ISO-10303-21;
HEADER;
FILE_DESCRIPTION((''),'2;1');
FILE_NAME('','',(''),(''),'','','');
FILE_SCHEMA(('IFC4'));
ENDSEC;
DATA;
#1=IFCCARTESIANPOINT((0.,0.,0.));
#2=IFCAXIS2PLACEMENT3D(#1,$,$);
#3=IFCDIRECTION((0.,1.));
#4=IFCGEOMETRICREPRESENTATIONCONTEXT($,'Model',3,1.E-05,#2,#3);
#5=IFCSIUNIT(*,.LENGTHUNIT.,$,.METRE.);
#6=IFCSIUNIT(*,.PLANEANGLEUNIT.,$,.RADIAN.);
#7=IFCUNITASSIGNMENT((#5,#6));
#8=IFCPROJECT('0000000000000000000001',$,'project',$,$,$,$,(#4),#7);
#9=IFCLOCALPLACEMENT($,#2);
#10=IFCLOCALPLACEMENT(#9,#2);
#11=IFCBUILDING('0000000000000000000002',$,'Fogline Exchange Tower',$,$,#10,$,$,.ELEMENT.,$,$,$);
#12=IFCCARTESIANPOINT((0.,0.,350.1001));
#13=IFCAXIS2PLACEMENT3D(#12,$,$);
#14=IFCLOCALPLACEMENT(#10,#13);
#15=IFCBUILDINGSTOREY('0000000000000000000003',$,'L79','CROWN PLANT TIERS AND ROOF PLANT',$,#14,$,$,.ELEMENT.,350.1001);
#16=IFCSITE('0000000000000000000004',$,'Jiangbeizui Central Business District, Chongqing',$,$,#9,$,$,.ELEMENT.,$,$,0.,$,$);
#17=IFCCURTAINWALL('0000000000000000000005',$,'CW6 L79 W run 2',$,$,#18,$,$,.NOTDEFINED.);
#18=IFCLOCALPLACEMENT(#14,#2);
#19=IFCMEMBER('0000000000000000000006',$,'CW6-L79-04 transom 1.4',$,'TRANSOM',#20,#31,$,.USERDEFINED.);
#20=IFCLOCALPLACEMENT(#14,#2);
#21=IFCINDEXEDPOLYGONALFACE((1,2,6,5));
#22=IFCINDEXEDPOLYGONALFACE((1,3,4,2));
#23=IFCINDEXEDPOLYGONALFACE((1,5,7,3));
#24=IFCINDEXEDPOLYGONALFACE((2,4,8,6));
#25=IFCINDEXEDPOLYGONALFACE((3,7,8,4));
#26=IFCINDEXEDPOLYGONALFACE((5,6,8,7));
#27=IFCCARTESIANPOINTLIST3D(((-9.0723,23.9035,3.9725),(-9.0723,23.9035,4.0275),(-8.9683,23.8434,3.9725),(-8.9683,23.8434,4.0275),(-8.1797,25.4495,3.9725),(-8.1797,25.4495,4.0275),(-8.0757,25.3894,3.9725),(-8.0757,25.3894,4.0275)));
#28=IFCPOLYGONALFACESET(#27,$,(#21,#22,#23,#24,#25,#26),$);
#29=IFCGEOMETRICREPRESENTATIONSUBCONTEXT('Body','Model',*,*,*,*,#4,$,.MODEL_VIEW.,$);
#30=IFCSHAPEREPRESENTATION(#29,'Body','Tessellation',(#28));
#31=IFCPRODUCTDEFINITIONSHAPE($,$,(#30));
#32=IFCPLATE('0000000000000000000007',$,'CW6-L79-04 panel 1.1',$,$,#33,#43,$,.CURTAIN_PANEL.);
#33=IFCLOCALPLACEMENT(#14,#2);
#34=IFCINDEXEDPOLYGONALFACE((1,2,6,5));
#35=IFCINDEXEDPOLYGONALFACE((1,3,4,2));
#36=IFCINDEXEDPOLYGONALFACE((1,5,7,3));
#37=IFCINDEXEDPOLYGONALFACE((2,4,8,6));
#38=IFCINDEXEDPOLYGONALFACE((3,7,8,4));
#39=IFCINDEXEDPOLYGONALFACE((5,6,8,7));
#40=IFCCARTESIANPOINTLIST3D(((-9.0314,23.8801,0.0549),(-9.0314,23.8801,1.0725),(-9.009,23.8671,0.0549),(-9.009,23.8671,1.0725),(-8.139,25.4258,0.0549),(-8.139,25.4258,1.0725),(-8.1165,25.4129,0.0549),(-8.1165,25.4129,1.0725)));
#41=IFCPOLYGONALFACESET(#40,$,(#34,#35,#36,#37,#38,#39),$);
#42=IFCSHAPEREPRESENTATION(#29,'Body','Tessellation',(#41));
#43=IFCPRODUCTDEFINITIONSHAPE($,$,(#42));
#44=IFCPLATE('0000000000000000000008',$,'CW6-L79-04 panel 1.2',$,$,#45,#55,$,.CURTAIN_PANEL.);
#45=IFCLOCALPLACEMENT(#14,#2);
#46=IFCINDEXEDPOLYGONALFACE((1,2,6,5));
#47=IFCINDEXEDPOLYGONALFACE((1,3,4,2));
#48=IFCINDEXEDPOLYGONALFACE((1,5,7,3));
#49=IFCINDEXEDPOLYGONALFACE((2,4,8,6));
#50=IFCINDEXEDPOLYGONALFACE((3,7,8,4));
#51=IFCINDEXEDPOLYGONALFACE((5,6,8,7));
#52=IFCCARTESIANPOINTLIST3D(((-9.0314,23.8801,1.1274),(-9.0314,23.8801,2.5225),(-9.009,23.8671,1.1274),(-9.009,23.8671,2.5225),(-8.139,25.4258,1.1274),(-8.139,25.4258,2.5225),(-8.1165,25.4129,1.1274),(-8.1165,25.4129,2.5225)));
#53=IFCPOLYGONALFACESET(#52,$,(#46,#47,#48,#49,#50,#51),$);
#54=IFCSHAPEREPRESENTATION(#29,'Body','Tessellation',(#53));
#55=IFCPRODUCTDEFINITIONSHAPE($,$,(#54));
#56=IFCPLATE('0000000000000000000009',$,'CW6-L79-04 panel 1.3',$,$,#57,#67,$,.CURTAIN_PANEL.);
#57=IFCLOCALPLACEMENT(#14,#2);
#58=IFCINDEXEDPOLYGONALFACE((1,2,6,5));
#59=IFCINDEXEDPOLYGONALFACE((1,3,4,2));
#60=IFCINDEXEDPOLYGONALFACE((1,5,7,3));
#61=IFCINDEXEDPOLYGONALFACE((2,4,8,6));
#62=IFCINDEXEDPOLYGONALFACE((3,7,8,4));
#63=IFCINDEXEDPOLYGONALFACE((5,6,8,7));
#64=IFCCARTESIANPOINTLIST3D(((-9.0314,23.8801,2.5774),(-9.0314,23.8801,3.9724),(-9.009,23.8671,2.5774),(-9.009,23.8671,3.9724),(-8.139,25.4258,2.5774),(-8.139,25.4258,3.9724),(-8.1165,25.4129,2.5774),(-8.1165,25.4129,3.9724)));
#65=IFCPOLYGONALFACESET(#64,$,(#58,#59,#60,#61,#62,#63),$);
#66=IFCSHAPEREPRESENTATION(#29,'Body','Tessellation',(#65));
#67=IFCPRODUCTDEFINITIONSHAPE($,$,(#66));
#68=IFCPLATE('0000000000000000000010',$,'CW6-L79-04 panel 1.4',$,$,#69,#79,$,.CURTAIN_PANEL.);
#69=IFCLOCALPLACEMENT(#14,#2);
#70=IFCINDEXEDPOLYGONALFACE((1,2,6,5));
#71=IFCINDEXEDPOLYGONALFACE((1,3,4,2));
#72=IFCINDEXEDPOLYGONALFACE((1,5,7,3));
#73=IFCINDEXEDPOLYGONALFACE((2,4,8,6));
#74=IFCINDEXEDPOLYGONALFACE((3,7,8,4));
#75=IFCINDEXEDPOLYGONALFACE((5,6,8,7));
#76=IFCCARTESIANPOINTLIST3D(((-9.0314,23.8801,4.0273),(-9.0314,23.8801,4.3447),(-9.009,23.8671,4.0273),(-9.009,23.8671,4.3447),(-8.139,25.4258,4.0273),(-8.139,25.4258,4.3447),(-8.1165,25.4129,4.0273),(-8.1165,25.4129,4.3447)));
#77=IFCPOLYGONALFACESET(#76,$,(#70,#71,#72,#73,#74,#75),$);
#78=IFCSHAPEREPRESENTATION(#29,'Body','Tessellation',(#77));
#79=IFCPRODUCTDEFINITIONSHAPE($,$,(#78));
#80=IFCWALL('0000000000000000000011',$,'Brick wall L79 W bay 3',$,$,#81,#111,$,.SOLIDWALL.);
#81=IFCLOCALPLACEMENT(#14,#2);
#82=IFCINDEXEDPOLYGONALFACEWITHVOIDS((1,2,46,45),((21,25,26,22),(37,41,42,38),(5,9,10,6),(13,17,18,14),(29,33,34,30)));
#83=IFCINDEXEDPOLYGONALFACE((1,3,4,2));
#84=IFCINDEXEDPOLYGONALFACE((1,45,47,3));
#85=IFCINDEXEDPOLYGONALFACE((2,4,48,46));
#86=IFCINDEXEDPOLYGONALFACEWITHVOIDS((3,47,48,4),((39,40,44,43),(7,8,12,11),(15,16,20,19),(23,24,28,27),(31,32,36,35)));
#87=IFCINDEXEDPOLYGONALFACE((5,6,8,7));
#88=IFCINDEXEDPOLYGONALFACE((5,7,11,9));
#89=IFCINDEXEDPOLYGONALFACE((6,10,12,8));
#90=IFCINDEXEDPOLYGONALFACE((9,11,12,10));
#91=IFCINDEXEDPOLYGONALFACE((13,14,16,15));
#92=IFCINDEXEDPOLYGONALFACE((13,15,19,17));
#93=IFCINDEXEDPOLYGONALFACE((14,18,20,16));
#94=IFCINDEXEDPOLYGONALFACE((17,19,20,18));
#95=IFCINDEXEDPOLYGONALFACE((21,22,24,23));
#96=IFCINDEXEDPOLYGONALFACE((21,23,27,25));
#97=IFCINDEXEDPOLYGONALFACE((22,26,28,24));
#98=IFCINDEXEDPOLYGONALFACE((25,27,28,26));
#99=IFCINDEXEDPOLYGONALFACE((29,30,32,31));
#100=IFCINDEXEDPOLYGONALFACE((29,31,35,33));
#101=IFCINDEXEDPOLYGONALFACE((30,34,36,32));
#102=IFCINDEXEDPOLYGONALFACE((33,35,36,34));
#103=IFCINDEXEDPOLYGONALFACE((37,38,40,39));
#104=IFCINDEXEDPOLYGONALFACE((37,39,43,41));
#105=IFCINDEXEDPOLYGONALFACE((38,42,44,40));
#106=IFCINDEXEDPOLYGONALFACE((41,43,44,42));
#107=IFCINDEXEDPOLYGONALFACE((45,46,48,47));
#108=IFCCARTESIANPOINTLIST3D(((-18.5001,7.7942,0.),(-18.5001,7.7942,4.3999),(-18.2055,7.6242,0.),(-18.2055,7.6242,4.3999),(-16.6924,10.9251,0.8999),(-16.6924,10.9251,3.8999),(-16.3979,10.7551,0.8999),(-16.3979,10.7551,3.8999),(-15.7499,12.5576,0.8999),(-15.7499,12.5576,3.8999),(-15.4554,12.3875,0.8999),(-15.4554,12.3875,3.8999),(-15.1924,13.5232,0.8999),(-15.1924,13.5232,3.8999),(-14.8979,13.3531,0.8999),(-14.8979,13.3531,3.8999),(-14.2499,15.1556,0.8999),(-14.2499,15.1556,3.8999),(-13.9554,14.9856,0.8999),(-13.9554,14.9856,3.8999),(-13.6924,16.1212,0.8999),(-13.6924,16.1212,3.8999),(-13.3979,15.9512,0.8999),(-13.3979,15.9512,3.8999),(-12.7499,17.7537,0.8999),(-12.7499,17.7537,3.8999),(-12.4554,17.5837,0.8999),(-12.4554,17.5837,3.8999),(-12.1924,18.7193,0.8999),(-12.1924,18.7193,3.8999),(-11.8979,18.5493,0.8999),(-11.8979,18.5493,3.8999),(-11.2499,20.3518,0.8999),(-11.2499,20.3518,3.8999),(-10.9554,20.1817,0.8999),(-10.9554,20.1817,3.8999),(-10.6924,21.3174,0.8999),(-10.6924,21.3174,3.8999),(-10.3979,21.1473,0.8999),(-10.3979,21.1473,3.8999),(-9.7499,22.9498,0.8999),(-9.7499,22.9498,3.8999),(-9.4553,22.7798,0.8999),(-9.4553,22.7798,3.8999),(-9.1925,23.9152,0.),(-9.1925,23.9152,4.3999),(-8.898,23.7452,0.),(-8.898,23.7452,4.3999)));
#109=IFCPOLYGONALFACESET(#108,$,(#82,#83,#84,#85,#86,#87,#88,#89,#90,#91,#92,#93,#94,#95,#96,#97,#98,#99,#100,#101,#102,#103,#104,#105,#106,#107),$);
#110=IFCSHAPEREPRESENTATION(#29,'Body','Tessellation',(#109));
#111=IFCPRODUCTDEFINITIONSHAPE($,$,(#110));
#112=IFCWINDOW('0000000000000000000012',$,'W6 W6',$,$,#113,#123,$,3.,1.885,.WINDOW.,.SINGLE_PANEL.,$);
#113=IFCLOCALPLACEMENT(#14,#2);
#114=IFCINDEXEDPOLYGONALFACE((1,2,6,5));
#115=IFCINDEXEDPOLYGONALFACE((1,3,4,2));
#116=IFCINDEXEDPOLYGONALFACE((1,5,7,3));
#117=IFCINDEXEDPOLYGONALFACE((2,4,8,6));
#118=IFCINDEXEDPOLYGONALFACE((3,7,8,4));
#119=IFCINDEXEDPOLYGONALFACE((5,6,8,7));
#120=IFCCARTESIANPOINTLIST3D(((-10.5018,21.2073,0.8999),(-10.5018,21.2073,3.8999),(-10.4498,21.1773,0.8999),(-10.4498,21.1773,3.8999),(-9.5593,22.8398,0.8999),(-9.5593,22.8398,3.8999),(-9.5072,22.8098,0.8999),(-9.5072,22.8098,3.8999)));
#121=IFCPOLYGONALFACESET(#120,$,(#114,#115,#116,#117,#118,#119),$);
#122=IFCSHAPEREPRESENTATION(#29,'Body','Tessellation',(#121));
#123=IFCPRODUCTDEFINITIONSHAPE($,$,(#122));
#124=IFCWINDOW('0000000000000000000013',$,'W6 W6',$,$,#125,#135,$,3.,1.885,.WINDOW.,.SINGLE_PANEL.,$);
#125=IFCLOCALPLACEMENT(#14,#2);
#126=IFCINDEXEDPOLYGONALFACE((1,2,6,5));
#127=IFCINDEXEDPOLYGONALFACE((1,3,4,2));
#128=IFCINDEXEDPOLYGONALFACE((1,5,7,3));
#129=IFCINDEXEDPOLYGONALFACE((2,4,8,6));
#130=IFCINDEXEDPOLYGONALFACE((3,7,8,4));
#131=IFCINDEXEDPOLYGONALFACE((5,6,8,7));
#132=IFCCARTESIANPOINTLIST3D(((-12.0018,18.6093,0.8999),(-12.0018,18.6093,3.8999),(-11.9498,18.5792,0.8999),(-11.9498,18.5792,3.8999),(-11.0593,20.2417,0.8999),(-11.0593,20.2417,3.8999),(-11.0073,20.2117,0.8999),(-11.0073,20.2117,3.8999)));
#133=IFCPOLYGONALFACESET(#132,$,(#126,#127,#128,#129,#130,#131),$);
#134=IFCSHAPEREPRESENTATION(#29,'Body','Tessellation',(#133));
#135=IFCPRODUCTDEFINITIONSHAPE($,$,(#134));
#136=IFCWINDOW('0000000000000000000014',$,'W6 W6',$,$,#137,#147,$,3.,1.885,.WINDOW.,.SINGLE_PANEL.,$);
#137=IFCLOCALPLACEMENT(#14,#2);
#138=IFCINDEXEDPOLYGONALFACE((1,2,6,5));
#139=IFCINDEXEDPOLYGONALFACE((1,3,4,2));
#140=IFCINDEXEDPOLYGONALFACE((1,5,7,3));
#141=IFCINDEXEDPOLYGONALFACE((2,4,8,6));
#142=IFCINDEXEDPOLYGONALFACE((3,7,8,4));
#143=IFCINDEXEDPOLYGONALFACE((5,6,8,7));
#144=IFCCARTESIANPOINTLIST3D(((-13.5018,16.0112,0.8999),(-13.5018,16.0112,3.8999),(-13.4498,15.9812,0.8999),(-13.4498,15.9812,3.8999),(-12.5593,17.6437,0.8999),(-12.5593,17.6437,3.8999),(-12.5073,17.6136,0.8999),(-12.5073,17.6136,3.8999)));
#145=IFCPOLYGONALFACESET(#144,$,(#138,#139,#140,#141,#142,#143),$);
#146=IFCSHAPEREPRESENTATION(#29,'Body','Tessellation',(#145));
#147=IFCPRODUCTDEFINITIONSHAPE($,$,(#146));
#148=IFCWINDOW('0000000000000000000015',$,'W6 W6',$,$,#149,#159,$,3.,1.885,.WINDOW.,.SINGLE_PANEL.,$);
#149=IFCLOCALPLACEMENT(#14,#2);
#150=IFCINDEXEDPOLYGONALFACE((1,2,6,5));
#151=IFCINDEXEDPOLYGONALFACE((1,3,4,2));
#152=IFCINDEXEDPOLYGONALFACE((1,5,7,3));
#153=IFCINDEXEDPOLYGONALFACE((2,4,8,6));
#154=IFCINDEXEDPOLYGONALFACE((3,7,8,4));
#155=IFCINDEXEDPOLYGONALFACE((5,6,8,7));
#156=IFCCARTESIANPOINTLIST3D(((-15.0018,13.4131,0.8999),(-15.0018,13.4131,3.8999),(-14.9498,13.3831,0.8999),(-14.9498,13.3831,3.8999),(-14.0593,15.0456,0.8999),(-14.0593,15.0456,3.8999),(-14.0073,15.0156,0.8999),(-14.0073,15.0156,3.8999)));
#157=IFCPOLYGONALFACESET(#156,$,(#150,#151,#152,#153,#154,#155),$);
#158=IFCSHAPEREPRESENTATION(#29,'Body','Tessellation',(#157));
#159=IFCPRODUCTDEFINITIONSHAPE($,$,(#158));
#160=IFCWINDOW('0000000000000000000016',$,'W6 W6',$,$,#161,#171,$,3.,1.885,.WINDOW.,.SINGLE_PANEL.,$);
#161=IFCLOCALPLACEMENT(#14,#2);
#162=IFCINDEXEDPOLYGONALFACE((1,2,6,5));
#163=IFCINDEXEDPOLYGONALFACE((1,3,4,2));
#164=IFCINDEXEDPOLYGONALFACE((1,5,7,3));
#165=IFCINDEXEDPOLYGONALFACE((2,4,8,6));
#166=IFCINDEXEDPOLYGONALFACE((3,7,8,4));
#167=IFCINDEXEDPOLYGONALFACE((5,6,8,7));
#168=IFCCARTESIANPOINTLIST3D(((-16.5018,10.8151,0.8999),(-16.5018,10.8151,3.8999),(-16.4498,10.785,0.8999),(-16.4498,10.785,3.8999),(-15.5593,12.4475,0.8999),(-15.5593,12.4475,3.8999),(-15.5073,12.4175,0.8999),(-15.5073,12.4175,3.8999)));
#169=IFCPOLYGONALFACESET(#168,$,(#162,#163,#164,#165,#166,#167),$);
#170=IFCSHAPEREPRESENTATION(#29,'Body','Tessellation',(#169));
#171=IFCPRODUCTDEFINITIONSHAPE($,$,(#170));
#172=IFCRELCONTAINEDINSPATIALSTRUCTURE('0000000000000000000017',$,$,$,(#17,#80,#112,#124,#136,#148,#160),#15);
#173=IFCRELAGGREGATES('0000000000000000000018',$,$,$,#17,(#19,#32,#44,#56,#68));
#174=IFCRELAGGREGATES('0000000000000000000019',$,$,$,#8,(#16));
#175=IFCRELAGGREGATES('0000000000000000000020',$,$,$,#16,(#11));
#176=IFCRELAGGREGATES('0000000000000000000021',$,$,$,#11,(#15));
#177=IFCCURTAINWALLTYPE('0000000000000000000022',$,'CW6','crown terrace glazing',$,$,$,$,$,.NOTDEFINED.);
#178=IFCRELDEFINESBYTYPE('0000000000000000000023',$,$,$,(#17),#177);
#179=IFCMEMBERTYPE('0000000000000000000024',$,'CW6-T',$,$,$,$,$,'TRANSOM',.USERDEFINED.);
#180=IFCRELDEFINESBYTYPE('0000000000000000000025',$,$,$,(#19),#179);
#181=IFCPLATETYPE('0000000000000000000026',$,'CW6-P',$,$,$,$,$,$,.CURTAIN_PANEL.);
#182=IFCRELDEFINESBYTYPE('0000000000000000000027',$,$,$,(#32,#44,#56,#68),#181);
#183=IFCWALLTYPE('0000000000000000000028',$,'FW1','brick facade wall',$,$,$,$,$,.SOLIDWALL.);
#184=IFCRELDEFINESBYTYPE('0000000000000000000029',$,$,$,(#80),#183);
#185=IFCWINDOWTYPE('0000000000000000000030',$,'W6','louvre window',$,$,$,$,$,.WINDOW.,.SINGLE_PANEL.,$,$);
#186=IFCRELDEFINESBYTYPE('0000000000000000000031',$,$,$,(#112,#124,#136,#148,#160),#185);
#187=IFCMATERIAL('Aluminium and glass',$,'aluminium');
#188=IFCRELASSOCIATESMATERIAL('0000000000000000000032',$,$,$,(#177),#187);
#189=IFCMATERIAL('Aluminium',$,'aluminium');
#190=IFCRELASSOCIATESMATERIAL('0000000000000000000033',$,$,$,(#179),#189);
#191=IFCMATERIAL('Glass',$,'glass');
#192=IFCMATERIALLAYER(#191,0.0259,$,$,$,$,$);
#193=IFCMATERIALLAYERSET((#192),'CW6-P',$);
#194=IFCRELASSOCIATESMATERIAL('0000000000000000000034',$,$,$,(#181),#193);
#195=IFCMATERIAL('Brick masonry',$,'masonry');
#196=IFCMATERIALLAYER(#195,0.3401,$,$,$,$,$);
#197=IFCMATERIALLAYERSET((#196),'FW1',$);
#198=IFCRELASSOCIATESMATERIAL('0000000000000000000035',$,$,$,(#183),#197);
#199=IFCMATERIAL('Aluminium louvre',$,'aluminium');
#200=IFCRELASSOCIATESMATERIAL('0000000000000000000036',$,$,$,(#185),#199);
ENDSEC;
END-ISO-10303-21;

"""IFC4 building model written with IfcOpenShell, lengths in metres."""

from ifc_helpers import new_model, si_unit, direction, frame, frame_2d, origin, origin_2d, place, context, subcontext, project, spatial, rectangle, extrude, material, layer, layer_set, material_profile, profile_set, type_object, element, fill, aggregate, save


model = new_model("IFC4")

# Units and contexts
model_context = context("Model", 3, precision=1e-05, world=origin(), true_north=direction((0.0, 1.0)))
body_context = subcontext(model_context, "Body", "Model", "MODEL_VIEW")
ifc_project = project(units=[si_unit("LENGTHUNIT", "METRE"), si_unit("PLANEANGLEUNIT", "RADIAN")], contexts=[model_context])

# Site, building, storey
site_placement = place(None, origin())
site = spatial("IfcSite", under=ifc_project, at=site_placement, Name="Jiangbeizui Central Business District, Chongqing", CompositionType="ELEMENT", RefElevation=0.0)
building_placement = place(site_placement, origin())
building = spatial("IfcBuilding", under=site, at=building_placement, Name="Fogline Exchange Tower", CompositionType="ELEMENT")
storey_placement = place(building_placement, frame((0.0, 0.0, 350.1001)))
storey = spatial("IfcBuildingStorey", under=building, at=storey_placement, Name="L79", Description="CROWN PLANT TIERS AND ROOF PLANT", CompositionType="ELEMENT", Elevation=350.1001)

# Curtain wall, member, plates
ifc_material_1 = material(Name="Aluminium and glass", Category="aluminium")
curtain_wall_type = type_object("IfcCurtainWallType", Name="CW6", Description="crown terrace glazing", PredefinedType="NOTDEFINED", material=ifc_material_1)
curtain_wall_placement = place(storey_placement, origin())
curtain_wall = element("IfcCurtainWall", 1, at=curtain_wall_placement, inside=storey, type_object=curtain_wall_type, Name="CW6 L79 W run 2", PredefinedType="NOTDEFINED")
ifc_material_2 = material(Name="Aluminium", Category="aluminium")
ifc_material_profile_1 = material_profile(ifc_material_2, rectangle(XDim=0.1201, YDim=0.0549, at=origin_2d()), Name="Transom 55x120")
ifc_profile_set_1 = profile_set([ifc_material_profile_1], Name="Aluminium")
member_type_1 = type_object("IfcMemberType", Name="CW6-T", ElementType="TRANSOM", PredefinedType="USERDEFINED", material=ifc_profile_set_1)
member_1_placement = place(storey_placement, frame((-8.1277, 25.4194, 4.0), z_axis=(-0.500022, -0.866012, 0.0), x_axis=(0.866012, -0.500022, 0.0)))
member_1 = element("IfcMember", 2, at=member_1_placement, type_object=member_type_1, Name="CW6-L79-04 transom 1.4", ObjectType="TRANSOM", PredefinedType="USERDEFINED", context=body_context, shape_type="SweptSolid", body=[
    extrude(rectangle(XDim=0.1201, YDim=0.0549, at=origin_2d()), origin(), (0.0, 0.0, 1.0), 1.7852),
])
ifc_material_3 = material(Name="Glass", Category="glass")
ifc_layer_1 = layer(ifc_material_3, 0.0259)
ifc_layer_set_1 = layer_set([ifc_layer_1], Name="CW6-P")
plate_type = type_object("IfcPlateType", Name="CW6-P", PredefinedType="CURTAIN_PANEL", material=ifc_layer_set_1)
plate_1_placement = place(storey_placement, frame((-8.574, 24.6465, 0.0549), z_axis=(0.0, 0.0, 1.0), x_axis=(-0.5, -0.866026, 0.0)))
plate_1 = element("IfcPlate", 3, at=plate_1_placement, type_object=plate_type, Name="CW6-L79-04 panel 1.1", PredefinedType="CURTAIN_PANEL", context=body_context, shape_type="SweptSolid", body=[
    extrude(rectangle(XDim=1.7849, YDim=0.0259, at=origin_2d()), origin(), (0.0, 0.0, 1.0), 1.0176),
])
plate_2_placement = place(storey_placement, frame((-8.574, 24.6465, 1.1274), z_axis=(0.0, 0.0, 1.0), x_axis=(-0.5, -0.866026, 0.0)))
plate_2 = element("IfcPlate", 4, at=plate_2_placement, type_object=plate_type, Name="CW6-L79-04 panel 1.2", PredefinedType="CURTAIN_PANEL", context=body_context, shape_type="SweptSolid", body=[
    extrude(rectangle(XDim=1.7849, YDim=0.0259, at=origin_2d()), origin(), (0.0, 0.0, 1.0), 1.395),
])
plate_3_placement = place(storey_placement, frame((-8.574, 24.6465, 2.5774), z_axis=(0.0, 0.0, 1.0), x_axis=(-0.5, -0.866026, 0.0)))
plate_3 = element("IfcPlate", 5, at=plate_3_placement, type_object=plate_type, Name="CW6-L79-04 panel 1.3", PredefinedType="CURTAIN_PANEL", context=body_context, shape_type="SweptSolid", body=[
    extrude(rectangle(XDim=1.7849, YDim=0.0259, at=origin_2d()), origin(), (0.0, 0.0, 1.0), 1.395),
])
plate_4_placement = place(storey_placement, frame((-8.574, 24.6465, 4.0273), z_axis=(0.0, 0.0, 1.0), x_axis=(-0.5, -0.866026, 0.0)))
plate_4 = element("IfcPlate", 6, at=plate_4_placement, type_object=plate_type, Name="CW6-L79-04 panel 1.4", PredefinedType="CURTAIN_PANEL", context=body_context, shape_type="SweptSolid", body=[
    extrude(rectangle(XDim=1.7849, YDim=0.0259, at=origin_2d()), origin(), (0.0, 0.0, 1.0), 0.3174),
])
aggregate(curtain_wall, [member_1, plate_1, plate_2, plate_3, plate_4])

# Wall, openings, windows
ifc_material_4 = material(Name="Brick masonry", Category="masonry")
ifc_layer_2 = layer(ifc_material_4, 0.3401)
ifc_layer_set_2 = layer_set([ifc_layer_2], Name="FW1")
wall_type_1 = type_object("IfcWallType", Name="FW1", Description="brick facade wall", PredefinedType="SOLIDWALL", material=ifc_layer_set_2)
wall_1_placement = place(storey_placement, frame((-9.0452, 23.8303, 0.0), z_axis=(0.0, 0.0, 1.0), x_axis=(-0.500004, -0.866023, 0.0)))
wall_1 = element("IfcWall", 7, at=wall_1_placement, inside=storey, type_object=wall_type_1, Name="Brick wall L79 W bay 3", PredefinedType="SOLIDWALL", context=body_context, shape_type="SweptSolid", body=[
    extrude(rectangle(XDim=18.615, YDim=0.3401, at=frame_2d((9.3076, 0.0))), origin(), (0.0, 0.0, 1.0), 4.3999),
])
opening_1_placement = place(wall_1_placement, frame((1.115, 0.0, 0.8999)))
opening_1 = element("IfcOpeningElement", 8, at=opening_1_placement, cuts=wall_1, PredefinedType="OPENING", context=body_context, shape_type="SweptSolid", body=[
    extrude(rectangle(XDim=1.885, YDim=3.0, at=frame_2d((0.9424, 1.5))), frame((0.0, 0.1802, 0.0), z_axis=(0.0, -1.0, 0.0), x_axis=(1.0, 0.0, 0.0)), (0.0, 0.0, 1.0), 0.3601),
])
opening_2_placement = place(wall_1_placement, frame((4.115, 0.0, 0.8999)))
opening_2 = element("IfcOpeningElement", 9, at=opening_2_placement, cuts=wall_1, PredefinedType="OPENING", context=body_context, shape_type="SweptSolid", body=[
    extrude(rectangle(XDim=1.885, YDim=3.0, at=frame_2d((0.9424, 1.5))), frame((0.0, 0.1802, 0.0), z_axis=(0.0, -1.0, 0.0), x_axis=(1.0, 0.0, 0.0)), (0.0, 0.0, 1.0), 0.3601),
])
opening_3_placement = place(wall_1_placement, frame((7.115, 0.0, 0.8999)))
opening_3 = element("IfcOpeningElement", 10, at=opening_3_placement, cuts=wall_1, PredefinedType="OPENING", context=body_context, shape_type="SweptSolid", body=[
    extrude(rectangle(XDim=1.885, YDim=3.0, at=frame_2d((0.9424, 1.5))), frame((0.0, 0.1802, 0.0), z_axis=(0.0, -1.0, 0.0), x_axis=(1.0, 0.0, 0.0)), (0.0, 0.0, 1.0), 0.3601),
])
opening_4_placement = place(wall_1_placement, frame((10.115, 0.0, 0.8999)))
opening_4 = element("IfcOpeningElement", 11, at=opening_4_placement, cuts=wall_1, PredefinedType="OPENING", context=body_context, shape_type="SweptSolid", body=[
    extrude(rectangle(XDim=1.885, YDim=3.0, at=frame_2d((0.9424, 1.5))), frame((0.0, 0.1802, 0.0), z_axis=(0.0, -1.0, 0.0), x_axis=(1.0, 0.0, 0.0)), (0.0, 0.0, 1.0), 0.3601),
])
opening_5_placement = place(wall_1_placement, frame((13.115, 0.0, 0.8999)))
opening_5 = element("IfcOpeningElement", 12, at=opening_5_placement, cuts=wall_1, PredefinedType="OPENING", context=body_context, shape_type="SweptSolid", body=[
    extrude(rectangle(XDim=1.885, YDim=3.0, at=frame_2d((0.9424, 1.5))), frame((0.0, 0.1802, 0.0), z_axis=(0.0, -1.0, 0.0), x_axis=(1.0, 0.0, 0.0)), (0.0, 0.0, 1.0), 0.3601),
])
ifc_material_5 = material(Name="Aluminium louvre", Category="aluminium")
window_type = type_object("IfcWindowType", Name="W6", Description="louvre window", PartitioningType="SINGLE_PANEL", PredefinedType="WINDOW", material=ifc_material_5)
window_1_placement = place(opening_1_placement, origin())
window_1 = element("IfcWindow", 13, at=window_1_placement, inside=storey, type_object=window_type, Name="W6 W6", OverallHeight=3.0, OverallWidth=1.885, PartitioningType="SINGLE_PANEL", PredefinedType="WINDOW", context=body_context, shape_type="SweptSolid", body=[
    extrude(rectangle(XDim=1.885, YDim=3.0, at=frame_2d((0.9424, 1.5))), frame((0.0, 0.1101, 0.0), z_axis=(0.0, -1.0, 0.0), x_axis=(1.0, 0.0, 0.0)), (0.0, 0.0, 1.0), 0.0601),
])
fill(opening_1, window_1)
window_2_placement = place(opening_2_placement, origin())
window_2 = element("IfcWindow", 14, at=window_2_placement, inside=storey, type_object=window_type, Name="W6 W6", OverallHeight=3.0, OverallWidth=1.885, PartitioningType="SINGLE_PANEL", PredefinedType="WINDOW", context=body_context, shape_type="SweptSolid", body=[
    extrude(rectangle(XDim=1.885, YDim=3.0, at=frame_2d((0.9424, 1.5))), frame((0.0, 0.1101, 0.0), z_axis=(0.0, -1.0, 0.0), x_axis=(1.0, 0.0, 0.0)), (0.0, 0.0, 1.0), 0.0601),
])
fill(opening_2, window_2)
window_3_placement = place(opening_3_placement, origin())
window_3 = element("IfcWindow", 15, at=window_3_placement, inside=storey, type_object=window_type, Name="W6 W6", OverallHeight=3.0, OverallWidth=1.885, PartitioningType="SINGLE_PANEL", PredefinedType="WINDOW", context=body_context, shape_type="SweptSolid", body=[
    extrude(rectangle(XDim=1.885, YDim=3.0, at=frame_2d((0.9424, 1.5))), frame((0.0, 0.1101, 0.0), z_axis=(0.0, -1.0, 0.0), x_axis=(1.0, 0.0, 0.0)), (0.0, 0.0, 1.0), 0.0601),
])
fill(opening_3, window_3)
window_4_placement = place(opening_4_placement, origin())
window_4 = element("IfcWindow", 16, at=window_4_placement, inside=storey, type_object=window_type, Name="W6 W6", OverallHeight=3.0, OverallWidth=1.885, PartitioningType="SINGLE_PANEL", PredefinedType="WINDOW", context=body_context, shape_type="SweptSolid", body=[
    extrude(rectangle(XDim=1.885, YDim=3.0, at=frame_2d((0.9424, 1.5))), frame((0.0, 0.1101, 0.0), z_axis=(0.0, -1.0, 0.0), x_axis=(1.0, 0.0, 0.0)), (0.0, 0.0, 1.0), 0.0601),
])
fill(opening_4, window_4)
window_5_placement = place(opening_5_placement, origin())
window_5 = element("IfcWindow", 17, at=window_5_placement, inside=storey, type_object=window_type, Name="W6 W6", OverallHeight=3.0, OverallWidth=1.885, PartitioningType="SINGLE_PANEL", PredefinedType="WINDOW", context=body_context, shape_type="SweptSolid", body=[
    extrude(rectangle(XDim=1.885, YDim=3.0, at=frame_2d((0.9424, 1.5))), frame((0.0, 0.1101, 0.0), z_axis=(0.0, -1.0, 0.0), x_axis=(1.0, 0.0, 0.0)), (0.0, 0.0, 1.0), 0.0601),
])
fill(opening_5, window_5)

save(model, "model.ifc")
